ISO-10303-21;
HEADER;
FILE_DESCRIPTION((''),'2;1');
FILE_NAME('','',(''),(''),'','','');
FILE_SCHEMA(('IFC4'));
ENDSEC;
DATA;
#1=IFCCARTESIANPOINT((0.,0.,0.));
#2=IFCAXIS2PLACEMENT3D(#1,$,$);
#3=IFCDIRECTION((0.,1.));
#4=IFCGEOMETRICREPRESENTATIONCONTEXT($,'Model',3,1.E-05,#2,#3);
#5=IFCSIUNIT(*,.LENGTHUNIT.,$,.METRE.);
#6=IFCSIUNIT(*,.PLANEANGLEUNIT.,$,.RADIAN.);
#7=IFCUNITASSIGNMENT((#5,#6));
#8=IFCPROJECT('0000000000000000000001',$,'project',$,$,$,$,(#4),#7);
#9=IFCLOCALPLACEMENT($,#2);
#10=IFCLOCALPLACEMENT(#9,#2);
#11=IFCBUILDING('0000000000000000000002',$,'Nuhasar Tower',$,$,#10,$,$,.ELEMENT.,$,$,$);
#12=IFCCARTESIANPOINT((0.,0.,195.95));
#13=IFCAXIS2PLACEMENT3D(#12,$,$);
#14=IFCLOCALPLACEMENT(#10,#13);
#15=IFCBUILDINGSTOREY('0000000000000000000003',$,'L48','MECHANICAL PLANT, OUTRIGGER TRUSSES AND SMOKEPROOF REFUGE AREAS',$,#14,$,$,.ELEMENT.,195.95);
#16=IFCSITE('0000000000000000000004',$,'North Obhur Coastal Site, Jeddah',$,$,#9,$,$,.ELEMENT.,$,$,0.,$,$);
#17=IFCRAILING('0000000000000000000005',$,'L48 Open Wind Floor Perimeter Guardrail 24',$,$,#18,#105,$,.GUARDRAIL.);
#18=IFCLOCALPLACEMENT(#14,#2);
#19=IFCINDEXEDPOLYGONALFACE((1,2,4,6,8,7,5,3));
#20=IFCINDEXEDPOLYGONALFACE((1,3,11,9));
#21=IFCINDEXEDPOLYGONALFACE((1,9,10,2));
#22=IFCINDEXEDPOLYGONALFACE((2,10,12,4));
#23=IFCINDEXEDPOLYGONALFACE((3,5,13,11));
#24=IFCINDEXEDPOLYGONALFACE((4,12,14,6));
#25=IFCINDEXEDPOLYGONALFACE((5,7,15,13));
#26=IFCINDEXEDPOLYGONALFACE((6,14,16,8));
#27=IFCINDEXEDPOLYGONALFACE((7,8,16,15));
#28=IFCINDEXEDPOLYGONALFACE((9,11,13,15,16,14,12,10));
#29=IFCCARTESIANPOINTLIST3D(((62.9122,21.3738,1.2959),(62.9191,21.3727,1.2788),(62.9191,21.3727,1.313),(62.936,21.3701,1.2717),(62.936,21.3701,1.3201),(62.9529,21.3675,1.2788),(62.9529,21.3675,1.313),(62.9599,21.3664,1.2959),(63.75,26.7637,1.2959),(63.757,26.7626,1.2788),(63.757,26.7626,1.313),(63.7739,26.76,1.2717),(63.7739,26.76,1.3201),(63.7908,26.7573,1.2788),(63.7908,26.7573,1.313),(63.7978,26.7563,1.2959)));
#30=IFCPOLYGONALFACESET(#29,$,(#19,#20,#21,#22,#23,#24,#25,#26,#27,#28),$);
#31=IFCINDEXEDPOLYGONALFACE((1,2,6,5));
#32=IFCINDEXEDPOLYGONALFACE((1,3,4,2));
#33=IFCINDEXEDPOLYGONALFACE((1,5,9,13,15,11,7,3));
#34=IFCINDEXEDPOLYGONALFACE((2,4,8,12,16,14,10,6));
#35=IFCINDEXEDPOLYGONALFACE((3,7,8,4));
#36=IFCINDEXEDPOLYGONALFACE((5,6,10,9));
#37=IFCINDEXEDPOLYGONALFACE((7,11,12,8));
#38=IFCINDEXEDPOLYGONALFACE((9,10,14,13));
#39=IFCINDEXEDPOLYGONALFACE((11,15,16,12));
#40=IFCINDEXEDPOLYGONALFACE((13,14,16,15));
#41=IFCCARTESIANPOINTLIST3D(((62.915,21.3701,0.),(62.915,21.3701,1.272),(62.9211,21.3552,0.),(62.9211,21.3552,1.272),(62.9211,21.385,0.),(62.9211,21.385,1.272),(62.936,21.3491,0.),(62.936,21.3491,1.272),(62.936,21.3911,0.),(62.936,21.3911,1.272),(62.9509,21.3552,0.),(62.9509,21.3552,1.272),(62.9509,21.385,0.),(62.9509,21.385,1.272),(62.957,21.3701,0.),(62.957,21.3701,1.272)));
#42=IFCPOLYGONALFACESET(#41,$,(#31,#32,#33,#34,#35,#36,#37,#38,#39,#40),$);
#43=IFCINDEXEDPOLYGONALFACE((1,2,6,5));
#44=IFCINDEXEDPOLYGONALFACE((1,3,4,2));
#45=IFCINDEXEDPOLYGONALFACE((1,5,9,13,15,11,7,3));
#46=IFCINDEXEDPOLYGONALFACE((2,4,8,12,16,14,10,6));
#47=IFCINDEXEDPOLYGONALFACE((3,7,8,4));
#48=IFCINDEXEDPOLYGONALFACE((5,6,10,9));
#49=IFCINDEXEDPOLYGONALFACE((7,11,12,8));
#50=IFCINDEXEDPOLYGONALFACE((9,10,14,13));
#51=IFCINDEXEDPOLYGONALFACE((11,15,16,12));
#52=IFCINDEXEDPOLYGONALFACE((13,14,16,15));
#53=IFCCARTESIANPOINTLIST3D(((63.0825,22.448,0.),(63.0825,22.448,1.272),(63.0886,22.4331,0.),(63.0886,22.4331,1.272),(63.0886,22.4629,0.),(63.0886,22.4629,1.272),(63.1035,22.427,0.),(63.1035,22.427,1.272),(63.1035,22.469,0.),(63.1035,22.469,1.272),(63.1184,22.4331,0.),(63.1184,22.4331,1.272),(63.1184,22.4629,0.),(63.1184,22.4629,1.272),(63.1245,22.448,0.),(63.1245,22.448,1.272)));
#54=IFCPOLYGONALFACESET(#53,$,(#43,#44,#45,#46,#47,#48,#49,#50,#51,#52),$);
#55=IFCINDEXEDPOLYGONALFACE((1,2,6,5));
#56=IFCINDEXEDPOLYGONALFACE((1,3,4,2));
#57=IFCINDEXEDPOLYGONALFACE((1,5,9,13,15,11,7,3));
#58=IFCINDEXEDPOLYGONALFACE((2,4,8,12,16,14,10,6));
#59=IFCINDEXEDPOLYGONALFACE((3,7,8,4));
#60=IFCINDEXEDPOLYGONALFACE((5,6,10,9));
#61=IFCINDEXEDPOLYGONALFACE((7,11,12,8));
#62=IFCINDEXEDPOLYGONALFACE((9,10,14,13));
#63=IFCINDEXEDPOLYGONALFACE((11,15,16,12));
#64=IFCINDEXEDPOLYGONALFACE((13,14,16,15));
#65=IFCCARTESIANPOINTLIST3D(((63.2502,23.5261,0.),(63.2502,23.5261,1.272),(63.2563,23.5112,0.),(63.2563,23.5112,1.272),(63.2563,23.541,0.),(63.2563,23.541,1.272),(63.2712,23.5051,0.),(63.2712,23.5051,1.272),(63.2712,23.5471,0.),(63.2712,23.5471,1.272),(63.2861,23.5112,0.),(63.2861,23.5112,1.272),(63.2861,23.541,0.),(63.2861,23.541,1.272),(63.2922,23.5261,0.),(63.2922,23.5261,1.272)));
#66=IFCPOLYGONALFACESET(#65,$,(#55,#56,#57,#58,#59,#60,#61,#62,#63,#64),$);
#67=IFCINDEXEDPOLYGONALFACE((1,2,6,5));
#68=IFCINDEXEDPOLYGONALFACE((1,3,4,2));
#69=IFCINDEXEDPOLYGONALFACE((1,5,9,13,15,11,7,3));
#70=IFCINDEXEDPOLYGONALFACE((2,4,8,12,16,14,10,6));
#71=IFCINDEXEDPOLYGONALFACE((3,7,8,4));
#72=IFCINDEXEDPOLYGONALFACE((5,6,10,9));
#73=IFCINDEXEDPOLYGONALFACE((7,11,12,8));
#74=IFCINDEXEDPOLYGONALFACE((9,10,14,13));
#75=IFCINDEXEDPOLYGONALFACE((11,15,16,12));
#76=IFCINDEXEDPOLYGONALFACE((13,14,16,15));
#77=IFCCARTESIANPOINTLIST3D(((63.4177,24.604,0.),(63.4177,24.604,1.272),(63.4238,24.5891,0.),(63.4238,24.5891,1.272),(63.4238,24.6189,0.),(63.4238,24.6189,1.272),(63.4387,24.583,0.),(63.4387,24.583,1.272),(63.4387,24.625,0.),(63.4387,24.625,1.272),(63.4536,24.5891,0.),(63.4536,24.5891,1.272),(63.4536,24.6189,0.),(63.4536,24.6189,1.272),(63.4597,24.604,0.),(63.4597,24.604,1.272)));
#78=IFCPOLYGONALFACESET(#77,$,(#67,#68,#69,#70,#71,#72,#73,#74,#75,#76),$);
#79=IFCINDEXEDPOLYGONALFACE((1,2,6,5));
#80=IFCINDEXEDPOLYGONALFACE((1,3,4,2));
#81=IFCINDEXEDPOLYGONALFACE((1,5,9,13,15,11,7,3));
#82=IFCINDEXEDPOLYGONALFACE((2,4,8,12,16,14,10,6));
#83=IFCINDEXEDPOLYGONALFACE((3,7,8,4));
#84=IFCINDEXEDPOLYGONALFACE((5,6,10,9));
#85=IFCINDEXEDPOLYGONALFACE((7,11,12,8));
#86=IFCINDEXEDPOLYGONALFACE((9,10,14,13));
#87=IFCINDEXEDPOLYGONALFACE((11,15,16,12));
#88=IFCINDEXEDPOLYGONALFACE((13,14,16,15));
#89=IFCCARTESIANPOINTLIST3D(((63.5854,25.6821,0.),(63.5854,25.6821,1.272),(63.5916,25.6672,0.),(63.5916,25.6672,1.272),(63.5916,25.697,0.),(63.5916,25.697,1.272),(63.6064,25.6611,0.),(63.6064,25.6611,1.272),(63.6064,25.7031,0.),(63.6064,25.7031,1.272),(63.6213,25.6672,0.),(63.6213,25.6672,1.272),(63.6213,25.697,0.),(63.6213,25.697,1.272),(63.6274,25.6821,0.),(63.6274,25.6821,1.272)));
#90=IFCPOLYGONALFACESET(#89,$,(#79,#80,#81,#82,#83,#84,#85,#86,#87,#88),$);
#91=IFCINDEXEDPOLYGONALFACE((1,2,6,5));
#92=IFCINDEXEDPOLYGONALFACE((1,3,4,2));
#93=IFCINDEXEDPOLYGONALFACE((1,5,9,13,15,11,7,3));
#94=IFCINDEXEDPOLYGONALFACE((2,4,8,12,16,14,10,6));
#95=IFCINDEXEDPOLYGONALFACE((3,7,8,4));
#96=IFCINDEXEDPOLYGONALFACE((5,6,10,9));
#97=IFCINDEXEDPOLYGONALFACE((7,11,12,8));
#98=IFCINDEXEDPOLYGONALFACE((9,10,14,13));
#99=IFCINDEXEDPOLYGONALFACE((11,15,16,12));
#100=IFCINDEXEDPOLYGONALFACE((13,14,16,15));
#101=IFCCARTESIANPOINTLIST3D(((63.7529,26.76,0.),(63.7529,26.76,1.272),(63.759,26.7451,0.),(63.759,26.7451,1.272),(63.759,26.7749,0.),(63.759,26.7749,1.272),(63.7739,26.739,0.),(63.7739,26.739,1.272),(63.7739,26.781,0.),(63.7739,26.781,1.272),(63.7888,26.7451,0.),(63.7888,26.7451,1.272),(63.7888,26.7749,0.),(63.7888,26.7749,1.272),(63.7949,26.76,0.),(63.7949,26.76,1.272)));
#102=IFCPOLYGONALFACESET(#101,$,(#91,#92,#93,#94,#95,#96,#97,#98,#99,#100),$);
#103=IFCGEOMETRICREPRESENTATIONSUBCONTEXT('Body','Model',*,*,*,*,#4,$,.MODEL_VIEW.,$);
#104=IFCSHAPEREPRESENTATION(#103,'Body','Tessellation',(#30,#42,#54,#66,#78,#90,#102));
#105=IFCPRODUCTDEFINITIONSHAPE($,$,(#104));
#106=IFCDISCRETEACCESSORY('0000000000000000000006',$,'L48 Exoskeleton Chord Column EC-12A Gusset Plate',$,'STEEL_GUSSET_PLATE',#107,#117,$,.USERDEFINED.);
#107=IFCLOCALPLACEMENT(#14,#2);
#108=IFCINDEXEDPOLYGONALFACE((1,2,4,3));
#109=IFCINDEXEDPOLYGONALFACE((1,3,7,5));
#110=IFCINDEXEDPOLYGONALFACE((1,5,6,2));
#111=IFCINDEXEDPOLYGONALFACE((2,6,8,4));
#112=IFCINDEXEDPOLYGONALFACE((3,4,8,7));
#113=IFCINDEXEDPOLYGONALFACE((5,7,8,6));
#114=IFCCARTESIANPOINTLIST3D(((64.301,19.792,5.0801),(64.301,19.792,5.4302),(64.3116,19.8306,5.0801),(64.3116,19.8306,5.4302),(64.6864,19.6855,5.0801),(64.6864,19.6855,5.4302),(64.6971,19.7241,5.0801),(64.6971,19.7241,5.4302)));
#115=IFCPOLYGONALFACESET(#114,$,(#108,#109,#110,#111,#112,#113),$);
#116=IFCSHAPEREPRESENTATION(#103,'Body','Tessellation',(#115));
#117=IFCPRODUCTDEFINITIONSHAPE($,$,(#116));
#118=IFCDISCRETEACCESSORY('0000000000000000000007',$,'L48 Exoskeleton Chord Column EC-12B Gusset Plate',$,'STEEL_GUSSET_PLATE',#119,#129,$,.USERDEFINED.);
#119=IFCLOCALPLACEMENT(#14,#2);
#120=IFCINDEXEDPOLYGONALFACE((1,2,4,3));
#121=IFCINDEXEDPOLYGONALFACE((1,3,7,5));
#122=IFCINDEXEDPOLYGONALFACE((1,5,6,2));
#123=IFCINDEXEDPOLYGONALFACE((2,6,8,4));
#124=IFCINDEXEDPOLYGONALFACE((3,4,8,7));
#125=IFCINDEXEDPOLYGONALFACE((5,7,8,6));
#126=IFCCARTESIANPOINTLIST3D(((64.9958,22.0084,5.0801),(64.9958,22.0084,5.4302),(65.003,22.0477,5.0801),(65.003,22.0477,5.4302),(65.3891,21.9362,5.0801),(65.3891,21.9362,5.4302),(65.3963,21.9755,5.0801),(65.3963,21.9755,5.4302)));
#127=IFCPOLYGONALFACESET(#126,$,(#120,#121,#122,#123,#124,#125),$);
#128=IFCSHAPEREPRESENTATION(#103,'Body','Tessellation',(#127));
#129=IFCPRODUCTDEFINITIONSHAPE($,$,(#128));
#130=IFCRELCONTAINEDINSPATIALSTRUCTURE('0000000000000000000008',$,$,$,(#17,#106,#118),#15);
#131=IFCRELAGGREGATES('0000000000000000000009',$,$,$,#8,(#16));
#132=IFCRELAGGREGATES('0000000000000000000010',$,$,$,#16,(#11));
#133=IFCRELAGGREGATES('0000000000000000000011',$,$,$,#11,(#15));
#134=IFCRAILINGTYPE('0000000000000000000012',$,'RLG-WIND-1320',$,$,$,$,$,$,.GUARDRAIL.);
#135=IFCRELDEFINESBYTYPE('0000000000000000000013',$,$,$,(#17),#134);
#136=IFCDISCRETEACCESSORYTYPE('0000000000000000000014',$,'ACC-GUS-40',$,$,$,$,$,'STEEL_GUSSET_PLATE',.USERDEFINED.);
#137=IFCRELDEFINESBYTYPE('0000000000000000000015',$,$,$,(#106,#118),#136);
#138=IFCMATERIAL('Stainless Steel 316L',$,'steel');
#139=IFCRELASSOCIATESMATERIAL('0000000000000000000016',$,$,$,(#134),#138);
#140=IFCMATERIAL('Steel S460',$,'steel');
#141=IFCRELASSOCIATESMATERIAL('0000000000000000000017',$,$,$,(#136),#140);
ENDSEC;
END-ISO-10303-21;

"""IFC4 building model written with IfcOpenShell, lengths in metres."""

from ifc_helpers import new_model, si_unit, direction, frame, origin, origin_2d, place, context, subcontext, project, spatial, polyline, rectangle, outline, extrude, material, type_object, element, save


model = new_model("IFC4")

# Units and contexts
model_context = context("Model", 3, precision=1e-05, world=origin(), true_north=direction((0.0, 1.0)))
body_context = subcontext(model_context, "Body", "Model", "MODEL_VIEW")
ifc_project = project(units=[si_unit("LENGTHUNIT", "METRE"), si_unit("PLANEANGLEUNIT", "RADIAN")], contexts=[model_context])

# Site, building, storey
site_placement = place(None, origin())
site = spatial("IfcSite", under=ifc_project, at=site_placement, Name="North Obhur Coastal Site, Jeddah", CompositionType="ELEMENT", RefElevation=0.0)
building_placement = place(site_placement, origin())
building = spatial("IfcBuilding", under=site, at=building_placement, Name="Nuhasar Tower", CompositionType="ELEMENT")
storey_placement = place(building_placement, frame((0.0, 0.0, 195.95)))
storey = spatial("IfcBuildingStorey", under=building, at=storey_placement, Name="L48", Description="MECHANICAL PLANT, OUTRIGGER TRUSSES AND SMOKEPROOF REFUGE AREAS", CompositionType="ELEMENT", Elevation=195.95)

# Shared definitions
ifc_material_1 = material(Name="Steel S460", Category="steel")

# Railing
ifc_material_2 = material(Name="Stainless Steel 316L", Category="steel")
railing_type = type_object("IfcRailingType", Name="RLG-WIND-1320", PredefinedType="GUARDRAIL", material=ifc_material_2)
railing_1_placement = place(storey_placement, frame((62.936, 21.3701, 0.0)))
element("IfcRailing", 1, at=railing_1_placement, inside=storey, type_object=railing_type, Name="L48 Open Wind Floor Perimeter Guardrail 24", PredefinedType="GUARDRAIL", context=body_context, shape_type="SweptSolid", body=[
    extrude(outline(polyline([(0.0242, 0.0), (0.0171, 0.0171), (0.0, 0.0242), (-0.0171, 0.0171), (-0.0242, 0.0), (-0.0171, -0.0171), (0.0, -0.0242), (0.0171, -0.0171), (0.0242, 0.0)])), frame((0.0, 0.0, 1.2959), z_axis=(0.153611, 0.988131, 0.0), x_axis=(-0.988131, 0.153611, 0.0)), (0.0, 0.0, 1.0), 5.4546),
    extrude(outline(polyline([(0.021, 0.0), (0.0149, 0.0149), (0.0, 0.021), (-0.0149, 0.0149), (-0.021, 0.0), (-0.0149, -0.0149), (0.0, -0.021), (0.0149, -0.0149), (0.021, 0.0)])), origin(), (0.0, 0.0, 1.0), 1.272),
    extrude(outline(polyline([(0.021, 0.0), (0.0149, 0.0149), (0.0, 0.021), (-0.0149, 0.0149), (-0.021, 0.0), (-0.0149, -0.0149), (0.0, -0.021), (0.0149, -0.0149), (0.021, 0.0)])), frame((0.1675, 1.0779, 0.0)), (0.0, 0.0, 1.0), 1.272),
    extrude(outline(polyline([(0.021, 0.0), (0.0149, 0.0149), (0.0, 0.021), (-0.0149, 0.0149), (-0.021, 0.0), (-0.0149, -0.0149), (0.0, -0.021), (0.0149, -0.0149), (0.021, 0.0)])), frame((0.3352, 2.156, 0.0)), (0.0, 0.0, 1.0), 1.272),
    extrude(outline(polyline([(0.021, 0.0), (0.0149, 0.0149), (0.0, 0.021), (-0.0149, 0.0149), (-0.021, 0.0), (-0.0149, -0.0149), (0.0, -0.021), (0.0149, -0.0149), (0.021, 0.0)])), frame((0.5027, 3.2339, 0.0)), (0.0, 0.0, 1.0), 1.272),
    extrude(outline(polyline([(0.021, 0.0), (0.0149, 0.0149), (0.0, 0.021), (-0.0149, 0.0149), (-0.021, 0.0), (-0.0149, -0.0149), (0.0, -0.021), (0.0149, -0.0149), (0.021, 0.0)])), frame((0.6704, 4.312, 0.0)), (0.0, 0.0, 1.0), 1.272),
    extrude(outline(polyline([(0.021, 0.0), (0.0149, 0.0149), (0.0, 0.021), (-0.0149, 0.0149), (-0.021, 0.0), (-0.0149, -0.0149), (0.0, -0.021), (0.0149, -0.0149), (0.021, 0.0)])), frame((0.8379, 5.3899, 0.0)), (0.0, 0.0, 1.0), 1.272),
])

# Discrete accessories
discrete_accessory_type = type_object("IfcDiscreteAccessoryType", Name="ACC-GUS-40", ElementType="STEEL_GUSSET_PLATE", PredefinedType="USERDEFINED", material=ifc_material_1)
for number, where, z_axis, x_axis, name in (
    (2, (64.499, 19.7581, 5.0801), (0.0, 0.0, 1.0), (0.963914, -0.266212, 0.0), "L48 Exoskeleton Chord Column EC-12A Gusset Plate"),
    (3, (65.196, 21.9919, 5.0801), (0.0, 0.0, 1.0), (0.983568, -0.180536, 0.0), "L48 Exoskeleton Chord Column EC-12B Gusset Plate"),
):
    element("IfcDiscreteAccessory", number, at=place(storey_placement, frame(where, z_axis=z_axis, x_axis=x_axis)), inside=storey, type_object=discrete_accessory_type, Name=name, ObjectType="STEEL_GUSSET_PLATE", PredefinedType="USERDEFINED", context=body_context, shape_type="SweptSolid", body=[
        extrude(rectangle(XDim=0.3999, YDim=0.04, at=origin_2d()), origin(), (0.0, 0.0, 1.0), 0.3501),
    ])

save(model, "model.ifc")
